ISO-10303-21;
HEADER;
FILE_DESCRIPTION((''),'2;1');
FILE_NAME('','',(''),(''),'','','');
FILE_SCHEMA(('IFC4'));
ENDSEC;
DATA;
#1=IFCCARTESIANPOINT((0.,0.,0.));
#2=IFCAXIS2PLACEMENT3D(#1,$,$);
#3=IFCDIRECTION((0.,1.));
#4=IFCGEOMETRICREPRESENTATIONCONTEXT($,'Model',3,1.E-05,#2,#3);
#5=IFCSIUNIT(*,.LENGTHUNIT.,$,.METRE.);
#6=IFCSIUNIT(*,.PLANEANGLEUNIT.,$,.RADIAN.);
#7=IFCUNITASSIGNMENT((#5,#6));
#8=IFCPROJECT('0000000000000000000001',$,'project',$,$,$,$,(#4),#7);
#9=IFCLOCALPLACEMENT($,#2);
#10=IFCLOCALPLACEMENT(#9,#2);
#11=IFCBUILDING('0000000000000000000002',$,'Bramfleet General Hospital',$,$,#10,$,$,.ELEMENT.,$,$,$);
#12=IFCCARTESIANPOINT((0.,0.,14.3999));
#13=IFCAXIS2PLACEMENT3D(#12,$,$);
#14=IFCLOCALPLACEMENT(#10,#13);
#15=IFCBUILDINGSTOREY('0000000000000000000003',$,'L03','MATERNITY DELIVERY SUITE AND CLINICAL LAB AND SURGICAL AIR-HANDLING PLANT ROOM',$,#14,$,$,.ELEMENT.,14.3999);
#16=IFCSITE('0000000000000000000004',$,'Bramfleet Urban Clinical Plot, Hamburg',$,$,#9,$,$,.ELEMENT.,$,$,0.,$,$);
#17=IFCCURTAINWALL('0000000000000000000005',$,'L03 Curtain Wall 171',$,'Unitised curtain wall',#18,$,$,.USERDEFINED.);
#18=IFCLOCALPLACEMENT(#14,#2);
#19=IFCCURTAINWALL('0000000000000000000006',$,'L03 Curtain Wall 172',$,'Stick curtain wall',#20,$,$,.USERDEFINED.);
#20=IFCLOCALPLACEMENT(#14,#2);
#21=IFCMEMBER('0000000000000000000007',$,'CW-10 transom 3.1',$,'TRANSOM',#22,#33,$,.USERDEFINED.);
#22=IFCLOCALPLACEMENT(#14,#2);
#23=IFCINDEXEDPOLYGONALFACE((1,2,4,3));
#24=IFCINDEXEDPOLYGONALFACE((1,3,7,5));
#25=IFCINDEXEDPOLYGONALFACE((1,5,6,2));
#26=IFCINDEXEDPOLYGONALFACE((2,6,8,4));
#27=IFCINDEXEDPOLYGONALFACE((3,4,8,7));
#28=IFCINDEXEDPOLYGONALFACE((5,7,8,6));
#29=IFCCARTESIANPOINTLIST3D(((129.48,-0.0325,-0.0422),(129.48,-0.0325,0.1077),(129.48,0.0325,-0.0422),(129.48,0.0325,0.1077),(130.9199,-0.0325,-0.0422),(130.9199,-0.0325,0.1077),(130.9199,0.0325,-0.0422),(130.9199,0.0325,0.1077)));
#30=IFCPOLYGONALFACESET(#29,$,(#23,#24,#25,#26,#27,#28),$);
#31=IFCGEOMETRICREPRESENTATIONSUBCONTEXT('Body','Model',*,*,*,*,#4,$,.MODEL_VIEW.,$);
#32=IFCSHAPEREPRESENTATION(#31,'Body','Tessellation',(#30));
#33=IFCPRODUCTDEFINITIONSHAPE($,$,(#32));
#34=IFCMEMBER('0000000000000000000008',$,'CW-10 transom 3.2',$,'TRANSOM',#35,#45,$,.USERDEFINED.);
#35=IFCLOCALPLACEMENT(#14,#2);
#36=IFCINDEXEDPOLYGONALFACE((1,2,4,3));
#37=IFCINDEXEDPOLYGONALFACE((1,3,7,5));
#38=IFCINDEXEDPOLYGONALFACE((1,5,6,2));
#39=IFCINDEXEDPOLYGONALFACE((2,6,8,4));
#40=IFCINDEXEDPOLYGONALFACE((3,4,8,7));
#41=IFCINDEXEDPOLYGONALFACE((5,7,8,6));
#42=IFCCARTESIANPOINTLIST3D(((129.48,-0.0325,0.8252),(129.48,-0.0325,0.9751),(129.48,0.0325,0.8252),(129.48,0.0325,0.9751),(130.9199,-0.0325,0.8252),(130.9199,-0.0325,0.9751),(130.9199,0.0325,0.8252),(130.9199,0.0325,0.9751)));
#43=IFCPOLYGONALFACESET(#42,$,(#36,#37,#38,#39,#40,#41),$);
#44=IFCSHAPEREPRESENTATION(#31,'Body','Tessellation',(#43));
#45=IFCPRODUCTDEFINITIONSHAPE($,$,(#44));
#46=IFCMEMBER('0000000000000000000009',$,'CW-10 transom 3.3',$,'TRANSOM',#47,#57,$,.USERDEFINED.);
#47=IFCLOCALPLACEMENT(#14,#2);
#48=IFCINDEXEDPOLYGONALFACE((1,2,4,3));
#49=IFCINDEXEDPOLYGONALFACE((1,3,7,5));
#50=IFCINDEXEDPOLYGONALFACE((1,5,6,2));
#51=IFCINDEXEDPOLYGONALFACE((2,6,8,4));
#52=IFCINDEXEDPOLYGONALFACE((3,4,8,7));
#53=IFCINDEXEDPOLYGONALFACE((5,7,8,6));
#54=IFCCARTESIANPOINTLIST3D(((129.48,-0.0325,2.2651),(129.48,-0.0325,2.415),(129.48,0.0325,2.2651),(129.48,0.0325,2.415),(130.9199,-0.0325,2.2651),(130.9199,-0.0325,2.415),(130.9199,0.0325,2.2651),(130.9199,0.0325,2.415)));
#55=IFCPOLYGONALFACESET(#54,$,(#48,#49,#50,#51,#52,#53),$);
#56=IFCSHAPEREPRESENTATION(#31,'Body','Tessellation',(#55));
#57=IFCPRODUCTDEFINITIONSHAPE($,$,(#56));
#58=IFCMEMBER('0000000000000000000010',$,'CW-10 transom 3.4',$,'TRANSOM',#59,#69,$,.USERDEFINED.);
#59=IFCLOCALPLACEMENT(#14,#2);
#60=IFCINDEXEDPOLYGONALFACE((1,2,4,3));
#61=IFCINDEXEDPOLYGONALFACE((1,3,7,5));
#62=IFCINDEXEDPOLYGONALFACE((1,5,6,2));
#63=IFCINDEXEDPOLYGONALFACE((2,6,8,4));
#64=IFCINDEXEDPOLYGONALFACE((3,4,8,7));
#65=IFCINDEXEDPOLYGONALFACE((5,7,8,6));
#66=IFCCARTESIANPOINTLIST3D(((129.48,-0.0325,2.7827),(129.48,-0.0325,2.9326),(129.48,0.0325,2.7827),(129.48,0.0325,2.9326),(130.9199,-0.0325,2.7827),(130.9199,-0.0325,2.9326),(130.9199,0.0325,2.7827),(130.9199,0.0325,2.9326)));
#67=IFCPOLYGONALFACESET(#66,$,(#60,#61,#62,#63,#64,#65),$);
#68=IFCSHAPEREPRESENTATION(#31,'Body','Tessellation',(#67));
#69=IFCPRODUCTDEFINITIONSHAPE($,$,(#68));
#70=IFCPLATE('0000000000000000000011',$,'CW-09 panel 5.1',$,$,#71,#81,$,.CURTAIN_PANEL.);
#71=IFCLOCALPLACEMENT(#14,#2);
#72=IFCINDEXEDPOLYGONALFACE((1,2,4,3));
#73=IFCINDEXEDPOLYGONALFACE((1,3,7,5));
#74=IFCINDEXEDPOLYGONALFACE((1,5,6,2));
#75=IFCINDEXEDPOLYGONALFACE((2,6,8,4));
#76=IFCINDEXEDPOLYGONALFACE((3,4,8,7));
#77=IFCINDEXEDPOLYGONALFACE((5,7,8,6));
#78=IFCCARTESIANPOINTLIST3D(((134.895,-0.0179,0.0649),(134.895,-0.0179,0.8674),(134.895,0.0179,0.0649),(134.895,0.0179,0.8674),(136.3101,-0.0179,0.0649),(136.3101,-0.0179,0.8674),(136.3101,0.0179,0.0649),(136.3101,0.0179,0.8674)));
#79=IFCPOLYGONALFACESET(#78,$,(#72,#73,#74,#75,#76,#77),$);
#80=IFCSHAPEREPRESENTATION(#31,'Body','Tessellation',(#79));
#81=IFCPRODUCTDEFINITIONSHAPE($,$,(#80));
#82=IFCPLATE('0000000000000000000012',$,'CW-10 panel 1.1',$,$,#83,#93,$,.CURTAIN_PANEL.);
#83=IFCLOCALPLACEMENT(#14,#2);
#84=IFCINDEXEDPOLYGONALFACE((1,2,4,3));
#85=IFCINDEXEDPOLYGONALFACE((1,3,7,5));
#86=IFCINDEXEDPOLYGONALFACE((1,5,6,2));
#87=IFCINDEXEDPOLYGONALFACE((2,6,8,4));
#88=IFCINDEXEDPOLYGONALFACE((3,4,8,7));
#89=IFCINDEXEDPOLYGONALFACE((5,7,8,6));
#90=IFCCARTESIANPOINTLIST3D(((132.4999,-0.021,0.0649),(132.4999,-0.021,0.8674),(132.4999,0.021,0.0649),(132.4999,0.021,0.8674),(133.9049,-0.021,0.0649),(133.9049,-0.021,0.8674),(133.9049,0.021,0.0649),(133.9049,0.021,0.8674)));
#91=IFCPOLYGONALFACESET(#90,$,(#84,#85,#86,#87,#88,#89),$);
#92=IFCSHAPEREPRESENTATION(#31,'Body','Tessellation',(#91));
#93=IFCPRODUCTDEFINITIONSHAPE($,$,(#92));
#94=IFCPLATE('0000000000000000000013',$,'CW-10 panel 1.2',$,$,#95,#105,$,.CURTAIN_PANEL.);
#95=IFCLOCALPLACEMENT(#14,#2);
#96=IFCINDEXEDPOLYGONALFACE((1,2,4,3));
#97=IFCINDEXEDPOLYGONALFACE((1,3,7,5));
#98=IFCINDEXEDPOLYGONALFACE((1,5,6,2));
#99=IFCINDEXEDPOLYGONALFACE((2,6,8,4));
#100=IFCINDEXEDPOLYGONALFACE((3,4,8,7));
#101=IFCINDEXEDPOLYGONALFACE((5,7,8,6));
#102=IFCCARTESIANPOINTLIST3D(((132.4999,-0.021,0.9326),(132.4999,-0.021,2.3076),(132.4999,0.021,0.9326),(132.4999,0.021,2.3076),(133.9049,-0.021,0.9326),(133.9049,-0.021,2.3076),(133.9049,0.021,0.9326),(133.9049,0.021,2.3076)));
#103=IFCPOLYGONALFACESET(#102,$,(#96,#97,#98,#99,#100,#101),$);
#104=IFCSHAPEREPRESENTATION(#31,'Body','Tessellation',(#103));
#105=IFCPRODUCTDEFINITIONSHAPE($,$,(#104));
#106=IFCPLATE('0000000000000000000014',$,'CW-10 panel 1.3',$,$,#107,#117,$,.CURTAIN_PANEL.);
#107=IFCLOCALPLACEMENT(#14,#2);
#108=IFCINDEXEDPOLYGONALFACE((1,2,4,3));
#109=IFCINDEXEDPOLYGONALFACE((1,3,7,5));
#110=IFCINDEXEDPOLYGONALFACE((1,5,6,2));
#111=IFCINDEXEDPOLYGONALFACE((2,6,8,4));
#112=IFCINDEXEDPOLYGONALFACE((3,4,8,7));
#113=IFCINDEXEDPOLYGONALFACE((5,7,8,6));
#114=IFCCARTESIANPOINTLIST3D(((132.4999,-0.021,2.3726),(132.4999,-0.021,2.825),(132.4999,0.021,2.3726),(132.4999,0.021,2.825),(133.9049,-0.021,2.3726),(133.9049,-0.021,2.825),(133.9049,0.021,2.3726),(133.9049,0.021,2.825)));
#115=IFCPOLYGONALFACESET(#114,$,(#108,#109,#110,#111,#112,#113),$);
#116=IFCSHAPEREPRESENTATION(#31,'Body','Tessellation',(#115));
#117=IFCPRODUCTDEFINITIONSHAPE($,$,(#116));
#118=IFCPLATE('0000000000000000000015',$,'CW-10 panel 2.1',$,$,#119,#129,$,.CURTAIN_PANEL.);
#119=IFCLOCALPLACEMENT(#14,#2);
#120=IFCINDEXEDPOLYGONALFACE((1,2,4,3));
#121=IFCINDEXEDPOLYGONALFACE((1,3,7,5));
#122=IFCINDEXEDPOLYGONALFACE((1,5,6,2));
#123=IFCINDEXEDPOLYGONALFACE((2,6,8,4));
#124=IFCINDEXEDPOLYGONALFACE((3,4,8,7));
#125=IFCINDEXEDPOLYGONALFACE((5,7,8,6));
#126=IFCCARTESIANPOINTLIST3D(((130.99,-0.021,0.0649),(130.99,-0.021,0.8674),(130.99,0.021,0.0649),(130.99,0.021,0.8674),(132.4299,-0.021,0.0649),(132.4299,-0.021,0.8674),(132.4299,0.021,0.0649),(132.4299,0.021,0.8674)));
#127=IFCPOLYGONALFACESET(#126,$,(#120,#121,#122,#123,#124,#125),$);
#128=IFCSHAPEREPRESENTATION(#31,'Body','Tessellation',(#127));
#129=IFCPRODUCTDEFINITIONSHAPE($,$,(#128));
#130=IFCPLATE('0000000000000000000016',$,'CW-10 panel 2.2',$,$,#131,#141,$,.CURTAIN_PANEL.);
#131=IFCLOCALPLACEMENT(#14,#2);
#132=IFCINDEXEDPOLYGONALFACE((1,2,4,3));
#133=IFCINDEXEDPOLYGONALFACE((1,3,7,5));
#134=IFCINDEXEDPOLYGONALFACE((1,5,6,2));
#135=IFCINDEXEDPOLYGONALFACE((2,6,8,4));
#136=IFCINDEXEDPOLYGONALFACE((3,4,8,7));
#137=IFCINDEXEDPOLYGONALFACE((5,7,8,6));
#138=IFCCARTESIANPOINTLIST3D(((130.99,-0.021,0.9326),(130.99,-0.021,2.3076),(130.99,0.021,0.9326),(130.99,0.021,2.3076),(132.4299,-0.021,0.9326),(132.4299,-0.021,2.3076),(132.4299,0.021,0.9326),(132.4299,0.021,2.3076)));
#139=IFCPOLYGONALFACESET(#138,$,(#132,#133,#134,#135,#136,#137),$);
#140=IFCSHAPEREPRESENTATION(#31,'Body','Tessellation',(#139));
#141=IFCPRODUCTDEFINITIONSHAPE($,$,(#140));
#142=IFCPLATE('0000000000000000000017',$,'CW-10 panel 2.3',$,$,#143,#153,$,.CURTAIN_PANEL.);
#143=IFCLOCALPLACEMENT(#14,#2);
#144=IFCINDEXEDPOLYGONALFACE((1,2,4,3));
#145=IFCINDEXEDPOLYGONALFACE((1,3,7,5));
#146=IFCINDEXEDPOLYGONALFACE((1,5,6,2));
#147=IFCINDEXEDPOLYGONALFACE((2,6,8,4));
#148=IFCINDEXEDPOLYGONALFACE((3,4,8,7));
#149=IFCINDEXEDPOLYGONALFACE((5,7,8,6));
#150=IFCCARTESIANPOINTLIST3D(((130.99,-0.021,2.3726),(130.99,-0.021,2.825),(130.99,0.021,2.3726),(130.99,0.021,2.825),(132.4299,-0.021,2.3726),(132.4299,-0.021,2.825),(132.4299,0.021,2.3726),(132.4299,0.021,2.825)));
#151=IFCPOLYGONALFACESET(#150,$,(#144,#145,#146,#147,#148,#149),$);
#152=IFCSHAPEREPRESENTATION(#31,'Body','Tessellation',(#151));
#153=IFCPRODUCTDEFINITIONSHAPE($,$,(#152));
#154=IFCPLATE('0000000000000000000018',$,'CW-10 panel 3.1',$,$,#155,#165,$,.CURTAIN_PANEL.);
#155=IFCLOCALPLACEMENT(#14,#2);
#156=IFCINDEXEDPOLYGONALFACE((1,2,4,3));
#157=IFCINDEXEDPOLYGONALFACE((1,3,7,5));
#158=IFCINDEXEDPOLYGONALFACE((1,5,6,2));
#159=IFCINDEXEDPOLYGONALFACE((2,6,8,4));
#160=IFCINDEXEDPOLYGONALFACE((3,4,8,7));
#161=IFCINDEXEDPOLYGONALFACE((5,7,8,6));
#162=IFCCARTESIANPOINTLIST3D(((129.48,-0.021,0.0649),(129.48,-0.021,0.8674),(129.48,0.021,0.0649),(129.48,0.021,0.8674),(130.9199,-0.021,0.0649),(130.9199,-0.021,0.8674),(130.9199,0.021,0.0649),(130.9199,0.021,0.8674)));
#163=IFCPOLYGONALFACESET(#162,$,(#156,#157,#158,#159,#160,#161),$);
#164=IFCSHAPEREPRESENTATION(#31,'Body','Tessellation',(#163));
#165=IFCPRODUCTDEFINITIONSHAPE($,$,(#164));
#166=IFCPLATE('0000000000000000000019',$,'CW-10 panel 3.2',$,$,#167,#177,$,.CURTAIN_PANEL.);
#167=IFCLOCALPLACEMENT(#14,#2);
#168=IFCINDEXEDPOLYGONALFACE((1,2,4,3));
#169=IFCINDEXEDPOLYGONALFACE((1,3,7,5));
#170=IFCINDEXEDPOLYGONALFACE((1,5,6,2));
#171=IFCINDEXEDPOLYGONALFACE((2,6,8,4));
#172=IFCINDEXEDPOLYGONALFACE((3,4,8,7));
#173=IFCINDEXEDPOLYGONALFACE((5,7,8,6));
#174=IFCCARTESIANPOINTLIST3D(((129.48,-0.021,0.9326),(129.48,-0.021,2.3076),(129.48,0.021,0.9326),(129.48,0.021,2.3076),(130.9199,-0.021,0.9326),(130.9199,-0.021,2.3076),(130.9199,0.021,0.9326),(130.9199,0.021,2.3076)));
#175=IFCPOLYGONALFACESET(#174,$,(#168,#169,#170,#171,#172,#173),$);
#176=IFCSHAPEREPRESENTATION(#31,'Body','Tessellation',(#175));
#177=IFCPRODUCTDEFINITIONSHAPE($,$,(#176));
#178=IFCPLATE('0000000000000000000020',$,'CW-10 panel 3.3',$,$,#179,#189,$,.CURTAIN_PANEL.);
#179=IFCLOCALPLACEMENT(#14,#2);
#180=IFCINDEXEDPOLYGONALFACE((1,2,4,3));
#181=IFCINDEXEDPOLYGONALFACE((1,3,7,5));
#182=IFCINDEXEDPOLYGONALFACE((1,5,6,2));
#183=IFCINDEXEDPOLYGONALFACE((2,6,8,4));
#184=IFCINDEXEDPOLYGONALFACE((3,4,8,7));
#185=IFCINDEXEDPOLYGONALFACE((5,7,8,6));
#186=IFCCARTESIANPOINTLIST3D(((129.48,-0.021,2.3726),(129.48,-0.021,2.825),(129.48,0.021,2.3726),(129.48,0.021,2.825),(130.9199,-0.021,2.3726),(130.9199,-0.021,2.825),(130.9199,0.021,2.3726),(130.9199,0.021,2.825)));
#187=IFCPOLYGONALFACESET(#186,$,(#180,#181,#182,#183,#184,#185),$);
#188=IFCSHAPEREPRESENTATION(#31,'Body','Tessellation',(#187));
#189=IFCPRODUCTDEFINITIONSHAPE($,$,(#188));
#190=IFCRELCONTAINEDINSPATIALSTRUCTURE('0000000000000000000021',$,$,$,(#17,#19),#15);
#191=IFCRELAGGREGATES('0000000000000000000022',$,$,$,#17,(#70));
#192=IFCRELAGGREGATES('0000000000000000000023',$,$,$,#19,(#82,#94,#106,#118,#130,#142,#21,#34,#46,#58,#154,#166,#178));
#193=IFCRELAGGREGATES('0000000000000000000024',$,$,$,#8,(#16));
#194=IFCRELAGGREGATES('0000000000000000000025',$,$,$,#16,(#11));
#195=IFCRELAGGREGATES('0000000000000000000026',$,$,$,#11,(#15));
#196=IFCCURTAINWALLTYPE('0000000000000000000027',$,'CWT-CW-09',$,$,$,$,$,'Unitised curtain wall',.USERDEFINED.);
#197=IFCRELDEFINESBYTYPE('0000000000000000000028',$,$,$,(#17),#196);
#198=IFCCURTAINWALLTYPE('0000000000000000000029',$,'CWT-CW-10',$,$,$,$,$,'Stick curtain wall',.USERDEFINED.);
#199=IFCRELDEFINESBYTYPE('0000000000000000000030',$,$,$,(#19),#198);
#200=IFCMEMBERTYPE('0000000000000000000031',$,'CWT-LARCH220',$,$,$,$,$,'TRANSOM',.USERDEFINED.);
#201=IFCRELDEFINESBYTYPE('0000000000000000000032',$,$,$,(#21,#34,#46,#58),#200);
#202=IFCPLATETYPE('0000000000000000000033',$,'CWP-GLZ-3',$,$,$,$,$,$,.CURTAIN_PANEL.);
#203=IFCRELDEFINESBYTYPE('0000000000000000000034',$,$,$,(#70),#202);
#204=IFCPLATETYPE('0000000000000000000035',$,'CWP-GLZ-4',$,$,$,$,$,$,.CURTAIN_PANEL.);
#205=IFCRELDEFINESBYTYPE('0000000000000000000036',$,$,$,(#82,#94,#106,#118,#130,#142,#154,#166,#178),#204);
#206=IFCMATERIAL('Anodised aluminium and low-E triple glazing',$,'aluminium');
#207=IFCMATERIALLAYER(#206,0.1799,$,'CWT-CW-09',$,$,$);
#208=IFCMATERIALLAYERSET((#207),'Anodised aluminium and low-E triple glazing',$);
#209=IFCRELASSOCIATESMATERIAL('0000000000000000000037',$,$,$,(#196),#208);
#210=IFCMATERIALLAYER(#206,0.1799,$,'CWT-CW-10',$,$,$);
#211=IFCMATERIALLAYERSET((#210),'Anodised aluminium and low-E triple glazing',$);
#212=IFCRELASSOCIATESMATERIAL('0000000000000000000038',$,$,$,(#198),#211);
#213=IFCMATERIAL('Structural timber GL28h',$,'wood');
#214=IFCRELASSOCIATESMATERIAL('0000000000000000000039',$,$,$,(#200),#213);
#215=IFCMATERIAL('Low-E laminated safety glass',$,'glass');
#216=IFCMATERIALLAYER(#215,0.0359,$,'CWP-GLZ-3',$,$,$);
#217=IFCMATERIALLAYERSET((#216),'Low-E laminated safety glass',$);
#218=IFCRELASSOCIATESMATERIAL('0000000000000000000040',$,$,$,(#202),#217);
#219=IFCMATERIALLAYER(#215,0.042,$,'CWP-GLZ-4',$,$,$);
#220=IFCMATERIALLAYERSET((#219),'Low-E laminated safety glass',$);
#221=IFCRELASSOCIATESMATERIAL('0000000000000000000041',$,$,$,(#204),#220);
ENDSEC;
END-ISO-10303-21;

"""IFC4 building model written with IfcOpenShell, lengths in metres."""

from ifc_helpers import new_model, si_unit, direction, frame, origin, origin_2d, place, context, subcontext, project, spatial, rectangle, extrude, material, layer, layer_set, material_profile, profile_set, type_object, element, aggregate, save


model = new_model("IFC4")

# Units and contexts
model_context = context("Model", 3, precision=1e-05, world=origin(), true_north=direction((0.0, 1.0)))
body_context = subcontext(model_context, "Body", "Model", "MODEL_VIEW")
ifc_project = project(units=[si_unit("LENGTHUNIT", "METRE"), si_unit("PLANEANGLEUNIT", "RADIAN")], contexts=[model_context])

# Site, building, storey
site_placement = place(None, origin())
site = spatial("IfcSite", under=ifc_project, at=site_placement, Name="Bramfleet Urban Clinical Plot, Hamburg", CompositionType="ELEMENT", RefElevation=0.0)
building_placement = place(site_placement, origin())
building = spatial("IfcBuilding", under=site, at=building_placement, Name="Bramfleet General Hospital", CompositionType="ELEMENT")
storey_placement = place(building_placement, frame((0.0, 0.0, 14.3999)))
storey = spatial("IfcBuildingStorey", under=building, at=storey_placement, Name="L03", Description="MATERNITY DELIVERY SUITE AND CLINICAL LAB AND SURGICAL AIR-HANDLING PLANT ROOM", CompositionType="ELEMENT", Elevation=14.3999)

# Curtain wall
ifc_material_1 = material(Name="Anodised aluminium and low-E triple glazing", Category="aluminium")
ifc_layer_1 = layer(ifc_material_1, 0.1799, Name="CWT-CW-09")
ifc_layer_set_1 = layer_set([ifc_layer_1], Name="Anodised aluminium and low-E triple glazing")
curtain_wall_type_1 = type_object("IfcCurtainWallType", Name="CWT-CW-09", ElementType="Unitised curtain wall", PredefinedType="USERDEFINED", material=ifc_layer_set_1)
curtain_wall_1_placement = place(storey_placement, origin())
curtain_wall_1 = element("IfcCurtainWall", 1, at=curtain_wall_1_placement, inside=storey, type_object=curtain_wall_type_1, Name="L03 Curtain Wall 171", ObjectType="Unitised curtain wall", PredefinedType="USERDEFINED")
ifc_material_2 = material(Name="Structural timber GL28h", Category="wood")

# Curtain wall, members
ifc_layer_2 = layer(ifc_material_1, 0.1799, Name="CWT-CW-10")
ifc_layer_set_2 = layer_set([ifc_layer_2], Name="Anodised aluminium and low-E triple glazing")
curtain_wall_type_2 = type_object("IfcCurtainWallType", Name="CWT-CW-10", ElementType="Stick curtain wall", PredefinedType="USERDEFINED", material=ifc_layer_set_2)
curtain_wall_2_placement = place(storey_placement, origin())
curtain_wall_2 = element("IfcCurtainWall", 2, at=curtain_wall_2_placement, inside=storey, type_object=curtain_wall_type_2, Name="L03 Curtain Wall 172", ObjectType="Stick curtain wall", PredefinedType="USERDEFINED")
ifc_material_profile_1 = material_profile(ifc_material_2, rectangle(XDim=0.0649, YDim=0.1499, at=origin_2d()), Name="LARCH 150x65")
ifc_profile_set_1 = profile_set([ifc_material_profile_1], Name="Structural timber GL28h")
member_type_1 = type_object("IfcMemberType", Name="CWT-LARCH220", ElementType="TRANSOM", PredefinedType="USERDEFINED", material=ifc_profile_set_1)
member_1_placement = place(storey_placement, frame((130.9199, 0.0, 0.0327), z_axis=(-1.0, 0.0, 0.0), x_axis=(0.0, -1.0, 0.0)))
member_1 = element("IfcMember", 3, at=member_1_placement, type_object=member_type_1, Name="CW-10 transom 3.1", ObjectType="TRANSOM", PredefinedType="USERDEFINED", context=body_context, shape_type="SweptSolid", body=[
    extrude(rectangle(XDim=0.0649, YDim=0.1499, at=origin_2d()), origin(), (0.0, 0.0, 1.0), 1.4399),
])
member_2_placement = place(storey_placement, frame((130.9199, 0.0, 0.9001), z_axis=(-1.0, 0.0, 0.0), x_axis=(0.0, -1.0, 0.0)))
member_2 = element("IfcMember", 4, at=member_2_placement, type_object=member_type_1, Name="CW-10 transom 3.2", ObjectType="TRANSOM", PredefinedType="USERDEFINED", context=body_context, shape_type="SweptSolid", body=[
    extrude(rectangle(XDim=0.0649, YDim=0.1499, at=origin_2d()), origin(), (0.0, 0.0, 1.0), 1.4399),
])
member_3_placement = place(storey_placement, frame((130.9199, 0.0, 2.3401), z_axis=(-1.0, 0.0, 0.0), x_axis=(0.0, -1.0, 0.0)))
member_3 = element("IfcMember", 5, at=member_3_placement, type_object=member_type_1, Name="CW-10 transom 3.3", ObjectType="TRANSOM", PredefinedType="USERDEFINED", context=body_context, shape_type="SweptSolid", body=[
    extrude(rectangle(XDim=0.0649, YDim=0.1499, at=origin_2d()), origin(), (0.0, 0.0, 1.0), 1.4399),
])
member_4_placement = place(storey_placement, frame((130.9199, 0.0, 2.8577), z_axis=(-1.0, 0.0, 0.0), x_axis=(0.0, -1.0, 0.0)))
member_4 = element("IfcMember", 6, at=member_4_placement, type_object=member_type_1, Name="CW-10 transom 3.4", ObjectType="TRANSOM", PredefinedType="USERDEFINED", context=body_context, shape_type="SweptSolid", body=[
    extrude(rectangle(XDim=0.0649, YDim=0.1499, at=origin_2d()), origin(), (0.0, 0.0, 1.0), 1.4399),
])

# Plates
ifc_material_3 = material(Name="Low-E laminated safety glass", Category="glass")
ifc_layer_3 = layer(ifc_material_3, 0.0359, Name="CWP-GLZ-3")
ifc_layer_set_3 = layer_set([ifc_layer_3], Name="Low-E laminated safety glass")
plate_type_1 = type_object("IfcPlateType", Name="CWP-GLZ-3", PredefinedType="CURTAIN_PANEL", material=ifc_layer_set_3)
plate_1_placement = place(storey_placement, frame((135.6025, 0.0, 0.0649), z_axis=(0.0, 0.0, 1.0), x_axis=(-1.0, 0.0, 0.0)))
plate_1 = element("IfcPlate", 7, at=plate_1_placement, type_object=plate_type_1, Name="CW-09 panel 5.1", PredefinedType="CURTAIN_PANEL", context=body_context, shape_type="SweptSolid", body=[
    extrude(rectangle(XDim=1.415, YDim=0.0359, at=origin_2d()), origin(), (0.0, 0.0, 1.0), 0.8025),
])
aggregate(curtain_wall_1, [plate_1])
ifc_layer_4 = layer(ifc_material_3, 0.042, Name="CWP-GLZ-4")
ifc_layer_set_4 = layer_set([ifc_layer_4], Name="Low-E laminated safety glass")
plate_type_2 = type_object("IfcPlateType", Name="CWP-GLZ-4", PredefinedType="CURTAIN_PANEL", material=ifc_layer_set_4)
plate_2_placement = place(storey_placement, frame((133.2024, 0.0, 0.0649), z_axis=(0.0, 0.0, 1.0), x_axis=(-1.0, 0.0, 0.0)))
plate_2 = element("IfcPlate", 8, at=plate_2_placement, type_object=plate_type_2, Name="CW-10 panel 1.1", PredefinedType="CURTAIN_PANEL", context=body_context, shape_type="SweptSolid", body=[
    extrude(rectangle(XDim=1.405, YDim=0.042, at=origin_2d()), origin(), (0.0, 0.0, 1.0), 0.8025),
])
plate_3_placement = place(storey_placement, frame((133.2024, 0.0, 0.9326), z_axis=(0.0, 0.0, 1.0), x_axis=(-1.0, 0.0, 0.0)))
plate_3 = element("IfcPlate", 9, at=plate_3_placement, type_object=plate_type_2, Name="CW-10 panel 1.2", PredefinedType="CURTAIN_PANEL", context=body_context, shape_type="SweptSolid", body=[
    extrude(rectangle(XDim=1.405, YDim=0.042, at=origin_2d()), origin(), (0.0, 0.0, 1.0), 1.375),
])
plate_4_placement = place(storey_placement, frame((133.2024, 0.0, 2.3726), z_axis=(0.0, 0.0, 1.0), x_axis=(-1.0, 0.0, 0.0)))
plate_4 = element("IfcPlate", 10, at=plate_4_placement, type_object=plate_type_2, Name="CW-10 panel 1.3", PredefinedType="CURTAIN_PANEL", context=body_context, shape_type="SweptSolid", body=[
    extrude(rectangle(XDim=1.405, YDim=0.042, at=origin_2d()), origin(), (0.0, 0.0, 1.0), 0.4524),
])
plate_5_placement = place(storey_placement, frame((131.71, 0.0, 0.0649), z_axis=(0.0, 0.0, 1.0), x_axis=(-1.0, 0.0, 0.0)))
plate_5 = element("IfcPlate", 11, at=plate_5_placement, type_object=plate_type_2, Name="CW-10 panel 2.1", PredefinedType="CURTAIN_PANEL", context=body_context, shape_type="SweptSolid", body=[
    extrude(rectangle(XDim=1.4399, YDim=0.042, at=origin_2d()), origin(), (0.0, 0.0, 1.0), 0.8025),
])
plate_6_placement = place(storey_placement, frame((131.71, 0.0, 0.9326), z_axis=(0.0, 0.0, 1.0), x_axis=(-1.0, 0.0, 0.0)))
plate_6 = element("IfcPlate", 12, at=plate_6_placement, type_object=plate_type_2, Name="CW-10 panel 2.2", PredefinedType="CURTAIN_PANEL", context=body_context, shape_type="SweptSolid", body=[
    extrude(rectangle(XDim=1.4399, YDim=0.042, at=origin_2d()), origin(), (0.0, 0.0, 1.0), 1.375),
])
plate_7_placement = place(storey_placement, frame((131.71, 0.0, 2.3726), z_axis=(0.0, 0.0, 1.0), x_axis=(-1.0, 0.0, 0.0)))
plate_7 = element("IfcPlate", 13, at=plate_7_placement, type_object=plate_type_2, Name="CW-10 panel 2.3", PredefinedType="CURTAIN_PANEL", context=body_context, shape_type="SweptSolid", body=[
    extrude(rectangle(XDim=1.4399, YDim=0.042, at=origin_2d()), origin(), (0.0, 0.0, 1.0), 0.4524),
])
plate_8_placement = place(storey_placement, frame((130.2, 0.0, 0.0649), z_axis=(0.0, 0.0, 1.0), x_axis=(-1.0, 0.0, 0.0)))
plate_8 = element("IfcPlate", 14, at=plate_8_placement, type_object=plate_type_2, Name="CW-10 panel 3.1", PredefinedType="CURTAIN_PANEL", context=body_context, shape_type="SweptSolid", body=[
    extrude(rectangle(XDim=1.4399, YDim=0.042, at=origin_2d()), origin(), (0.0, 0.0, 1.0), 0.8025),
])
plate_9_placement = place(storey_placement, frame((130.2, 0.0, 0.9326), z_axis=(0.0, 0.0, 1.0), x_axis=(-1.0, 0.0, 0.0)))
plate_9 = element("IfcPlate", 15, at=plate_9_placement, type_object=plate_type_2, Name="CW-10 panel 3.2", PredefinedType="CURTAIN_PANEL", context=body_context, shape_type="SweptSolid", body=[
    extrude(rectangle(XDim=1.4399, YDim=0.042, at=origin_2d()), origin(), (0.0, 0.0, 1.0), 1.375),
])
plate_10_placement = place(storey_placement, frame((130.2, 0.0, 2.3726), z_axis=(0.0, 0.0, 1.0), x_axis=(-1.0, 0.0, 0.0)))
plate_10 = element("IfcPlate", 16, at=plate_10_placement, type_object=plate_type_2, Name="CW-10 panel 3.3", PredefinedType="CURTAIN_PANEL", context=body_context, shape_type="SweptSolid", body=[
    extrude(rectangle(XDim=1.4399, YDim=0.042, at=origin_2d()), origin(), (0.0, 0.0, 1.0), 0.4524),
])
aggregate(curtain_wall_2, [plate_2, plate_3, plate_4, plate_5, plate_6, plate_7, member_1, member_2, member_3, member_4, plate_8, plate_9, plate_10])

save(model, "model.ifc")
